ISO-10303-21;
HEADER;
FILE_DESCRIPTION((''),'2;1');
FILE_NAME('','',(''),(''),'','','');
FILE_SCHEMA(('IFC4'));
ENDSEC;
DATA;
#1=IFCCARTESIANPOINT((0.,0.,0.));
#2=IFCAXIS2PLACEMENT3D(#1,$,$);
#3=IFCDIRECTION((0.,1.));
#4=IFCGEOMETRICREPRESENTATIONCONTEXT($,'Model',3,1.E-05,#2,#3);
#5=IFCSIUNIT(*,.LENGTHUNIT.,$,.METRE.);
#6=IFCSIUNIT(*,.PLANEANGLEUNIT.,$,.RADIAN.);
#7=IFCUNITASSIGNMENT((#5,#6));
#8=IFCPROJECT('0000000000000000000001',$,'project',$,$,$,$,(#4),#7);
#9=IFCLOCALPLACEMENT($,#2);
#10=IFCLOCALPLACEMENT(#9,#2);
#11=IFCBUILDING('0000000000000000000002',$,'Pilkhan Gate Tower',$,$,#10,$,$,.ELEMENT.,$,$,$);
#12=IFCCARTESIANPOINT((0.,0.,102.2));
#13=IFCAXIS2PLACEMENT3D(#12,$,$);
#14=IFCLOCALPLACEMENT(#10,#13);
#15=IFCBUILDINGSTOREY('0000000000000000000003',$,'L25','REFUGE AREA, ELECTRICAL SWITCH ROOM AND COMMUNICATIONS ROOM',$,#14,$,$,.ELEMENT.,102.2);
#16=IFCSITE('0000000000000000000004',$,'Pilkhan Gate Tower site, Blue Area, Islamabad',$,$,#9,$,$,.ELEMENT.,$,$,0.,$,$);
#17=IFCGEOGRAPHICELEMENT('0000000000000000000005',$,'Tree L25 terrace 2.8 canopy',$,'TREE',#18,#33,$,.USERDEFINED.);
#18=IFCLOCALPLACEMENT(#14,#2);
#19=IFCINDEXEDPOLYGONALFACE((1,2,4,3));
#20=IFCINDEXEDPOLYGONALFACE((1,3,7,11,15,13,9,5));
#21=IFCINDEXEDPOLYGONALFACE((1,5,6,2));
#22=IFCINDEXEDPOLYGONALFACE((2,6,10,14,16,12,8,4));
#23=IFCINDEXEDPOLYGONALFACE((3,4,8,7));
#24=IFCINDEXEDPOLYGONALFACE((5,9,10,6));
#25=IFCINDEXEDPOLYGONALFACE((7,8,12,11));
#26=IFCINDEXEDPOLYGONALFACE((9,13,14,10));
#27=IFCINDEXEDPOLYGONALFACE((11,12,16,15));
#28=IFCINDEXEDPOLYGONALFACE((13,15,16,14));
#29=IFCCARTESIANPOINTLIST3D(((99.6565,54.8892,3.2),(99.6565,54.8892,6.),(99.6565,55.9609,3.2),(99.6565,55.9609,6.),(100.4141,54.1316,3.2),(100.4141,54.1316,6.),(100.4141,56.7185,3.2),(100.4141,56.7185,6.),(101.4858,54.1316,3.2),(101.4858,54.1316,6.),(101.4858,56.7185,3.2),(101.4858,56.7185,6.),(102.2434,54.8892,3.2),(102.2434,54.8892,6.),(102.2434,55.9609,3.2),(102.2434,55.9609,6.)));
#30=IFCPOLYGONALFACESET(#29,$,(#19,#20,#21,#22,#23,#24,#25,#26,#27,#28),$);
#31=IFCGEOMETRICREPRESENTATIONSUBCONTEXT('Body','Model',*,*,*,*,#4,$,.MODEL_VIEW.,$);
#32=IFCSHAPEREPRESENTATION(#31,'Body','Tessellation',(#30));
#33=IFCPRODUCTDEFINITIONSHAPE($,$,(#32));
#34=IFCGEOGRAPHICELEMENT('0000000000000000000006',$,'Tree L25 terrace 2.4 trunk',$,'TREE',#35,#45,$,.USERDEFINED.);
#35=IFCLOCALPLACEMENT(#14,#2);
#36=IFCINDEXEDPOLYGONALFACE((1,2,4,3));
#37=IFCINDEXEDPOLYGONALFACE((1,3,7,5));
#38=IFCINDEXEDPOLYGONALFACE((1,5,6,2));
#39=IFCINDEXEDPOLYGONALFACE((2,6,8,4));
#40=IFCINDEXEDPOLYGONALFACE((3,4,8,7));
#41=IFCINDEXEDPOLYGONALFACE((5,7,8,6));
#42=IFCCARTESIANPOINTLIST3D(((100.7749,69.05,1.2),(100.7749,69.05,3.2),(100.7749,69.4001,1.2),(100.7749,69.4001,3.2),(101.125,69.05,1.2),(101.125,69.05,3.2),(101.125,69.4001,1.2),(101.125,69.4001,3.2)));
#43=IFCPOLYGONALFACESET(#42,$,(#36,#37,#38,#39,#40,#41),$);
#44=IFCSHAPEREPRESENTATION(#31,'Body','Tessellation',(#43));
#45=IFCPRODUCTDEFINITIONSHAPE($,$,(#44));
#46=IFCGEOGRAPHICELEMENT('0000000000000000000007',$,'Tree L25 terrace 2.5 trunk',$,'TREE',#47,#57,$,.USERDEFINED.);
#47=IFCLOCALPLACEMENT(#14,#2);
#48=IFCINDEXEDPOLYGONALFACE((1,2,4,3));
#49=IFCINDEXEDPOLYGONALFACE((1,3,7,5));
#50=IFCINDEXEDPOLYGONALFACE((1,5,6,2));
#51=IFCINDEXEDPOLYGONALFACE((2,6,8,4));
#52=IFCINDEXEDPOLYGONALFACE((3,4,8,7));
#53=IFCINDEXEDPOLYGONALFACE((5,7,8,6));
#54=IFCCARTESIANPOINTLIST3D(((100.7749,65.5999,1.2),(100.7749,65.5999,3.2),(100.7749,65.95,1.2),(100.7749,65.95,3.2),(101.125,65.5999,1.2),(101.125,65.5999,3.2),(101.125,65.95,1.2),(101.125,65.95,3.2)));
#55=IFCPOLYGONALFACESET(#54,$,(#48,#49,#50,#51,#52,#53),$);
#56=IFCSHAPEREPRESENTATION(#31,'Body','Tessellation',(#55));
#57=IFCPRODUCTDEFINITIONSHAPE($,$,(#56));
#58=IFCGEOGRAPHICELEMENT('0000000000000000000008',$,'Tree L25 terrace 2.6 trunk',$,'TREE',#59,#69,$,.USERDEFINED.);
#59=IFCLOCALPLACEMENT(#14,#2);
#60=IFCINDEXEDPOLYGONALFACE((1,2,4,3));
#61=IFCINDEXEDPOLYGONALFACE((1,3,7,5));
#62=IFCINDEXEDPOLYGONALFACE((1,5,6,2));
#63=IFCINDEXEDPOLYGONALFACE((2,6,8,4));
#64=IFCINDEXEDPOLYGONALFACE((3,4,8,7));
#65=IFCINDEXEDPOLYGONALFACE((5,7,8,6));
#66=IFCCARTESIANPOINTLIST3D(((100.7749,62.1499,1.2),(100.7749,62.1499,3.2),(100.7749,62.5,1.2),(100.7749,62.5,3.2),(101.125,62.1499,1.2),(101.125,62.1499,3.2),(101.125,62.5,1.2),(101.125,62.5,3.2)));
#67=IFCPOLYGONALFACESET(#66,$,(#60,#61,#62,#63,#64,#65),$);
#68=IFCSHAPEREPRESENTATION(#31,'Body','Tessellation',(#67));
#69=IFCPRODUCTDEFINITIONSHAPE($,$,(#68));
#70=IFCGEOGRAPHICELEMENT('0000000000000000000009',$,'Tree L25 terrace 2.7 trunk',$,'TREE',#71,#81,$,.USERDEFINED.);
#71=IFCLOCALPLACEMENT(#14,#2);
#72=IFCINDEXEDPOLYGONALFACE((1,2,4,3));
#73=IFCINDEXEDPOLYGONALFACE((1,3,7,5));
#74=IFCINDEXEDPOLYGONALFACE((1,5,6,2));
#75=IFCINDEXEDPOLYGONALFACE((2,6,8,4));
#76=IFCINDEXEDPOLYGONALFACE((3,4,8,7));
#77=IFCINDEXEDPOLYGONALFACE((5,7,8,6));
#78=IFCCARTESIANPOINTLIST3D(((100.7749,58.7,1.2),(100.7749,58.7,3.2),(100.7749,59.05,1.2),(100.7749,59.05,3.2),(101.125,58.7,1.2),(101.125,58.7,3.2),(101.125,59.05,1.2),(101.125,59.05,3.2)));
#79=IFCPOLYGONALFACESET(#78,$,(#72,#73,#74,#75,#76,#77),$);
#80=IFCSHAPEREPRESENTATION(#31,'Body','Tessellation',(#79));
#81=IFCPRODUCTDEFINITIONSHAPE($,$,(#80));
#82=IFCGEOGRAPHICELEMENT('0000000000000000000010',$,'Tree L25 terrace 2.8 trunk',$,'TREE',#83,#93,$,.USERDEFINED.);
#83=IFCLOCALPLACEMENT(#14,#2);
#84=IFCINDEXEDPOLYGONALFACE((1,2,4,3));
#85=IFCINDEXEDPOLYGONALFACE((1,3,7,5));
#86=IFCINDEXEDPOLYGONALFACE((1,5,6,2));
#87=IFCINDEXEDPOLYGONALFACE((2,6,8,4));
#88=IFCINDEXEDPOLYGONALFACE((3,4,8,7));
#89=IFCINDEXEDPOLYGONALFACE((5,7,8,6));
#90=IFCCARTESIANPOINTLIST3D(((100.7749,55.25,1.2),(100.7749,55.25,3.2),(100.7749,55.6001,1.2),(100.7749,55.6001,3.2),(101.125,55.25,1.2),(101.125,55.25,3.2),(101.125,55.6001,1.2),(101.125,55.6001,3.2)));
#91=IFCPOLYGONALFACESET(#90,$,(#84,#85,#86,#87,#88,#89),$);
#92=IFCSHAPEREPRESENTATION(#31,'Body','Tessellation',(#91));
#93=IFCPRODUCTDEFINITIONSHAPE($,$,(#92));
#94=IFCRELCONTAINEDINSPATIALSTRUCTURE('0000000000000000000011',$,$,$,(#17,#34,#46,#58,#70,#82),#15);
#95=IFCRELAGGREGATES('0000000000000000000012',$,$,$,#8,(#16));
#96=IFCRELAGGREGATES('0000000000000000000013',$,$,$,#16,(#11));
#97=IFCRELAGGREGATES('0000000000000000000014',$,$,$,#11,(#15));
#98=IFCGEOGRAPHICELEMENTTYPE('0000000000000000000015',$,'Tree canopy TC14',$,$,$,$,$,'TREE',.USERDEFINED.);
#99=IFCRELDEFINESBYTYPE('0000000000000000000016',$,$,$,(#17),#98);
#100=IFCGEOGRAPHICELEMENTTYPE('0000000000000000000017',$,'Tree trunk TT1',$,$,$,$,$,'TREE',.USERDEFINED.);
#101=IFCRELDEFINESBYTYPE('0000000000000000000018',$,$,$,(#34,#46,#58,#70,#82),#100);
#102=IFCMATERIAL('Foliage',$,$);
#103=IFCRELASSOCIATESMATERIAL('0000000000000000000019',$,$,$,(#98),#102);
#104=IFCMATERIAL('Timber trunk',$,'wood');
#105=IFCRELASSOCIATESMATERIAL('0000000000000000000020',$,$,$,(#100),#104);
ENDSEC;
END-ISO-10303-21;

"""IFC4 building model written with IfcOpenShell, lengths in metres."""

from ifc_helpers import new_model, si_unit, direction, frame, origin, origin_2d, place, context, subcontext, project, spatial, polyline, rectangle, outline, extrude, material, material_profile, profile_set, type_object, element, save


model = new_model("IFC4")

# Units and contexts
model_context = context("Model", 3, precision=1e-05, world=origin(), true_north=direction((0.0, 1.0)))
body_context = subcontext(model_context, "Body", "Model", "MODEL_VIEW")
ifc_project = project(units=[si_unit("LENGTHUNIT", "METRE"), si_unit("PLANEANGLEUNIT", "RADIAN")], contexts=[model_context])

# Site, building, storey
site_placement = place(None, origin())
site = spatial("IfcSite", under=ifc_project, at=site_placement, Name="Pilkhan Gate Tower site, Blue Area, Islamabad", CompositionType="ELEMENT", RefElevation=0.0)
building_placement = place(site_placement, origin())
building = spatial("IfcBuilding", under=site, at=building_placement, Name="Pilkhan Gate Tower", CompositionType="ELEMENT")
storey_placement = place(building_placement, frame((0.0, 0.0, 102.2)))
storey = spatial("IfcBuildingStorey", under=building, at=storey_placement, Name="L25", Description="REFUGE AREA, ELECTRICAL SWITCH ROOM AND COMMUNICATIONS ROOM", CompositionType="ELEMENT", Elevation=102.2)

# Geographic elements
ifc_material_1 = material(Name="Foliage")
ifc_material_profile_1 = material_profile(ifc_material_1, outline(polyline([(1.2935, 0.5359), (0.5359, 1.2935), (-0.5359, 1.2935), (-1.2935, 0.5359), (-1.2935, -0.5359), (-0.5359, -1.2935), (0.5359, -1.2935), (1.2935, -0.5359), (1.2935, 0.5359)])), Name="Canopy D2.8")
ifc_profile_set_1 = profile_set([ifc_material_profile_1], Name="Foliage")
geographic_element_type_1 = type_object("IfcGeographicElementType", Name="Tree canopy TC14", ElementType="TREE", PredefinedType="USERDEFINED", material=ifc_profile_set_1)
for number, where, z_axis, x_axis, name in (
    (1, (100.95, 55.425, 3.2), (0.0, 0.0, 1.0), (1.0, 0.0, 0.0), "Tree L25 terrace 2.8 canopy"),
):
    element("IfcGeographicElement", number, at=place(storey_placement, frame(where, z_axis=z_axis, x_axis=x_axis)), inside=storey, type_object=geographic_element_type_1, Name=name, ObjectType="TREE", PredefinedType="USERDEFINED", context=body_context, shape_type="SweptSolid", body=[
        extrude(outline(polyline([(1.2935, 0.5359), (0.5359, 1.2935), (-0.5359, 1.2935), (-1.2935, 0.5359), (-1.2935, -0.5359), (-0.5359, -1.2935), (0.5359, -1.2935), (1.2935, -0.5359), (1.2935, 0.5359)])), origin(), (0.0, 0.0, 1.0), 2.8),
    ])
ifc_material_2 = material(Name="Timber trunk", Category="wood")
geographic_element_type_2 = type_object("IfcGeographicElementType", Name="Tree trunk TT1", ElementType="TREE", PredefinedType="USERDEFINED", material=ifc_material_2)
for number, where, z_axis, x_axis, name in (
    (2, (100.95, 69.2251, 1.2), (0.0, 0.0, 1.0), (1.0, 0.0, 0.0), "Tree L25 terrace 2.4 trunk"),
    (3, (100.95, 65.7749, 1.2), (0.0, 0.0, 1.0), (1.0, 0.0, 0.0), "Tree L25 terrace 2.5 trunk"),
    (4, (100.95, 62.325, 1.2), (0.0, 0.0, 1.0), (1.0, 0.0, 0.0), "Tree L25 terrace 2.6 trunk"),
    (5, (100.95, 58.875, 1.2), (0.0, 0.0, 1.0), (1.0, 0.0, 0.0), "Tree L25 terrace 2.7 trunk"),
    (6, (100.95, 55.425, 1.2), (0.0, 0.0, 1.0), (1.0, 0.0, 0.0), "Tree L25 terrace 2.8 trunk"),
):
    element("IfcGeographicElement", number, at=place(storey_placement, frame(where, z_axis=z_axis, x_axis=x_axis)), inside=storey, type_object=geographic_element_type_2, Name=name, ObjectType="TREE", PredefinedType="USERDEFINED", context=body_context, shape_type="SweptSolid", body=[
        extrude(rectangle(XDim=0.3501, YDim=0.3501, at=origin_2d()), origin(), (0.0, 0.0, 1.0), 2.0),
    ])

save(model, "model.ifc")
